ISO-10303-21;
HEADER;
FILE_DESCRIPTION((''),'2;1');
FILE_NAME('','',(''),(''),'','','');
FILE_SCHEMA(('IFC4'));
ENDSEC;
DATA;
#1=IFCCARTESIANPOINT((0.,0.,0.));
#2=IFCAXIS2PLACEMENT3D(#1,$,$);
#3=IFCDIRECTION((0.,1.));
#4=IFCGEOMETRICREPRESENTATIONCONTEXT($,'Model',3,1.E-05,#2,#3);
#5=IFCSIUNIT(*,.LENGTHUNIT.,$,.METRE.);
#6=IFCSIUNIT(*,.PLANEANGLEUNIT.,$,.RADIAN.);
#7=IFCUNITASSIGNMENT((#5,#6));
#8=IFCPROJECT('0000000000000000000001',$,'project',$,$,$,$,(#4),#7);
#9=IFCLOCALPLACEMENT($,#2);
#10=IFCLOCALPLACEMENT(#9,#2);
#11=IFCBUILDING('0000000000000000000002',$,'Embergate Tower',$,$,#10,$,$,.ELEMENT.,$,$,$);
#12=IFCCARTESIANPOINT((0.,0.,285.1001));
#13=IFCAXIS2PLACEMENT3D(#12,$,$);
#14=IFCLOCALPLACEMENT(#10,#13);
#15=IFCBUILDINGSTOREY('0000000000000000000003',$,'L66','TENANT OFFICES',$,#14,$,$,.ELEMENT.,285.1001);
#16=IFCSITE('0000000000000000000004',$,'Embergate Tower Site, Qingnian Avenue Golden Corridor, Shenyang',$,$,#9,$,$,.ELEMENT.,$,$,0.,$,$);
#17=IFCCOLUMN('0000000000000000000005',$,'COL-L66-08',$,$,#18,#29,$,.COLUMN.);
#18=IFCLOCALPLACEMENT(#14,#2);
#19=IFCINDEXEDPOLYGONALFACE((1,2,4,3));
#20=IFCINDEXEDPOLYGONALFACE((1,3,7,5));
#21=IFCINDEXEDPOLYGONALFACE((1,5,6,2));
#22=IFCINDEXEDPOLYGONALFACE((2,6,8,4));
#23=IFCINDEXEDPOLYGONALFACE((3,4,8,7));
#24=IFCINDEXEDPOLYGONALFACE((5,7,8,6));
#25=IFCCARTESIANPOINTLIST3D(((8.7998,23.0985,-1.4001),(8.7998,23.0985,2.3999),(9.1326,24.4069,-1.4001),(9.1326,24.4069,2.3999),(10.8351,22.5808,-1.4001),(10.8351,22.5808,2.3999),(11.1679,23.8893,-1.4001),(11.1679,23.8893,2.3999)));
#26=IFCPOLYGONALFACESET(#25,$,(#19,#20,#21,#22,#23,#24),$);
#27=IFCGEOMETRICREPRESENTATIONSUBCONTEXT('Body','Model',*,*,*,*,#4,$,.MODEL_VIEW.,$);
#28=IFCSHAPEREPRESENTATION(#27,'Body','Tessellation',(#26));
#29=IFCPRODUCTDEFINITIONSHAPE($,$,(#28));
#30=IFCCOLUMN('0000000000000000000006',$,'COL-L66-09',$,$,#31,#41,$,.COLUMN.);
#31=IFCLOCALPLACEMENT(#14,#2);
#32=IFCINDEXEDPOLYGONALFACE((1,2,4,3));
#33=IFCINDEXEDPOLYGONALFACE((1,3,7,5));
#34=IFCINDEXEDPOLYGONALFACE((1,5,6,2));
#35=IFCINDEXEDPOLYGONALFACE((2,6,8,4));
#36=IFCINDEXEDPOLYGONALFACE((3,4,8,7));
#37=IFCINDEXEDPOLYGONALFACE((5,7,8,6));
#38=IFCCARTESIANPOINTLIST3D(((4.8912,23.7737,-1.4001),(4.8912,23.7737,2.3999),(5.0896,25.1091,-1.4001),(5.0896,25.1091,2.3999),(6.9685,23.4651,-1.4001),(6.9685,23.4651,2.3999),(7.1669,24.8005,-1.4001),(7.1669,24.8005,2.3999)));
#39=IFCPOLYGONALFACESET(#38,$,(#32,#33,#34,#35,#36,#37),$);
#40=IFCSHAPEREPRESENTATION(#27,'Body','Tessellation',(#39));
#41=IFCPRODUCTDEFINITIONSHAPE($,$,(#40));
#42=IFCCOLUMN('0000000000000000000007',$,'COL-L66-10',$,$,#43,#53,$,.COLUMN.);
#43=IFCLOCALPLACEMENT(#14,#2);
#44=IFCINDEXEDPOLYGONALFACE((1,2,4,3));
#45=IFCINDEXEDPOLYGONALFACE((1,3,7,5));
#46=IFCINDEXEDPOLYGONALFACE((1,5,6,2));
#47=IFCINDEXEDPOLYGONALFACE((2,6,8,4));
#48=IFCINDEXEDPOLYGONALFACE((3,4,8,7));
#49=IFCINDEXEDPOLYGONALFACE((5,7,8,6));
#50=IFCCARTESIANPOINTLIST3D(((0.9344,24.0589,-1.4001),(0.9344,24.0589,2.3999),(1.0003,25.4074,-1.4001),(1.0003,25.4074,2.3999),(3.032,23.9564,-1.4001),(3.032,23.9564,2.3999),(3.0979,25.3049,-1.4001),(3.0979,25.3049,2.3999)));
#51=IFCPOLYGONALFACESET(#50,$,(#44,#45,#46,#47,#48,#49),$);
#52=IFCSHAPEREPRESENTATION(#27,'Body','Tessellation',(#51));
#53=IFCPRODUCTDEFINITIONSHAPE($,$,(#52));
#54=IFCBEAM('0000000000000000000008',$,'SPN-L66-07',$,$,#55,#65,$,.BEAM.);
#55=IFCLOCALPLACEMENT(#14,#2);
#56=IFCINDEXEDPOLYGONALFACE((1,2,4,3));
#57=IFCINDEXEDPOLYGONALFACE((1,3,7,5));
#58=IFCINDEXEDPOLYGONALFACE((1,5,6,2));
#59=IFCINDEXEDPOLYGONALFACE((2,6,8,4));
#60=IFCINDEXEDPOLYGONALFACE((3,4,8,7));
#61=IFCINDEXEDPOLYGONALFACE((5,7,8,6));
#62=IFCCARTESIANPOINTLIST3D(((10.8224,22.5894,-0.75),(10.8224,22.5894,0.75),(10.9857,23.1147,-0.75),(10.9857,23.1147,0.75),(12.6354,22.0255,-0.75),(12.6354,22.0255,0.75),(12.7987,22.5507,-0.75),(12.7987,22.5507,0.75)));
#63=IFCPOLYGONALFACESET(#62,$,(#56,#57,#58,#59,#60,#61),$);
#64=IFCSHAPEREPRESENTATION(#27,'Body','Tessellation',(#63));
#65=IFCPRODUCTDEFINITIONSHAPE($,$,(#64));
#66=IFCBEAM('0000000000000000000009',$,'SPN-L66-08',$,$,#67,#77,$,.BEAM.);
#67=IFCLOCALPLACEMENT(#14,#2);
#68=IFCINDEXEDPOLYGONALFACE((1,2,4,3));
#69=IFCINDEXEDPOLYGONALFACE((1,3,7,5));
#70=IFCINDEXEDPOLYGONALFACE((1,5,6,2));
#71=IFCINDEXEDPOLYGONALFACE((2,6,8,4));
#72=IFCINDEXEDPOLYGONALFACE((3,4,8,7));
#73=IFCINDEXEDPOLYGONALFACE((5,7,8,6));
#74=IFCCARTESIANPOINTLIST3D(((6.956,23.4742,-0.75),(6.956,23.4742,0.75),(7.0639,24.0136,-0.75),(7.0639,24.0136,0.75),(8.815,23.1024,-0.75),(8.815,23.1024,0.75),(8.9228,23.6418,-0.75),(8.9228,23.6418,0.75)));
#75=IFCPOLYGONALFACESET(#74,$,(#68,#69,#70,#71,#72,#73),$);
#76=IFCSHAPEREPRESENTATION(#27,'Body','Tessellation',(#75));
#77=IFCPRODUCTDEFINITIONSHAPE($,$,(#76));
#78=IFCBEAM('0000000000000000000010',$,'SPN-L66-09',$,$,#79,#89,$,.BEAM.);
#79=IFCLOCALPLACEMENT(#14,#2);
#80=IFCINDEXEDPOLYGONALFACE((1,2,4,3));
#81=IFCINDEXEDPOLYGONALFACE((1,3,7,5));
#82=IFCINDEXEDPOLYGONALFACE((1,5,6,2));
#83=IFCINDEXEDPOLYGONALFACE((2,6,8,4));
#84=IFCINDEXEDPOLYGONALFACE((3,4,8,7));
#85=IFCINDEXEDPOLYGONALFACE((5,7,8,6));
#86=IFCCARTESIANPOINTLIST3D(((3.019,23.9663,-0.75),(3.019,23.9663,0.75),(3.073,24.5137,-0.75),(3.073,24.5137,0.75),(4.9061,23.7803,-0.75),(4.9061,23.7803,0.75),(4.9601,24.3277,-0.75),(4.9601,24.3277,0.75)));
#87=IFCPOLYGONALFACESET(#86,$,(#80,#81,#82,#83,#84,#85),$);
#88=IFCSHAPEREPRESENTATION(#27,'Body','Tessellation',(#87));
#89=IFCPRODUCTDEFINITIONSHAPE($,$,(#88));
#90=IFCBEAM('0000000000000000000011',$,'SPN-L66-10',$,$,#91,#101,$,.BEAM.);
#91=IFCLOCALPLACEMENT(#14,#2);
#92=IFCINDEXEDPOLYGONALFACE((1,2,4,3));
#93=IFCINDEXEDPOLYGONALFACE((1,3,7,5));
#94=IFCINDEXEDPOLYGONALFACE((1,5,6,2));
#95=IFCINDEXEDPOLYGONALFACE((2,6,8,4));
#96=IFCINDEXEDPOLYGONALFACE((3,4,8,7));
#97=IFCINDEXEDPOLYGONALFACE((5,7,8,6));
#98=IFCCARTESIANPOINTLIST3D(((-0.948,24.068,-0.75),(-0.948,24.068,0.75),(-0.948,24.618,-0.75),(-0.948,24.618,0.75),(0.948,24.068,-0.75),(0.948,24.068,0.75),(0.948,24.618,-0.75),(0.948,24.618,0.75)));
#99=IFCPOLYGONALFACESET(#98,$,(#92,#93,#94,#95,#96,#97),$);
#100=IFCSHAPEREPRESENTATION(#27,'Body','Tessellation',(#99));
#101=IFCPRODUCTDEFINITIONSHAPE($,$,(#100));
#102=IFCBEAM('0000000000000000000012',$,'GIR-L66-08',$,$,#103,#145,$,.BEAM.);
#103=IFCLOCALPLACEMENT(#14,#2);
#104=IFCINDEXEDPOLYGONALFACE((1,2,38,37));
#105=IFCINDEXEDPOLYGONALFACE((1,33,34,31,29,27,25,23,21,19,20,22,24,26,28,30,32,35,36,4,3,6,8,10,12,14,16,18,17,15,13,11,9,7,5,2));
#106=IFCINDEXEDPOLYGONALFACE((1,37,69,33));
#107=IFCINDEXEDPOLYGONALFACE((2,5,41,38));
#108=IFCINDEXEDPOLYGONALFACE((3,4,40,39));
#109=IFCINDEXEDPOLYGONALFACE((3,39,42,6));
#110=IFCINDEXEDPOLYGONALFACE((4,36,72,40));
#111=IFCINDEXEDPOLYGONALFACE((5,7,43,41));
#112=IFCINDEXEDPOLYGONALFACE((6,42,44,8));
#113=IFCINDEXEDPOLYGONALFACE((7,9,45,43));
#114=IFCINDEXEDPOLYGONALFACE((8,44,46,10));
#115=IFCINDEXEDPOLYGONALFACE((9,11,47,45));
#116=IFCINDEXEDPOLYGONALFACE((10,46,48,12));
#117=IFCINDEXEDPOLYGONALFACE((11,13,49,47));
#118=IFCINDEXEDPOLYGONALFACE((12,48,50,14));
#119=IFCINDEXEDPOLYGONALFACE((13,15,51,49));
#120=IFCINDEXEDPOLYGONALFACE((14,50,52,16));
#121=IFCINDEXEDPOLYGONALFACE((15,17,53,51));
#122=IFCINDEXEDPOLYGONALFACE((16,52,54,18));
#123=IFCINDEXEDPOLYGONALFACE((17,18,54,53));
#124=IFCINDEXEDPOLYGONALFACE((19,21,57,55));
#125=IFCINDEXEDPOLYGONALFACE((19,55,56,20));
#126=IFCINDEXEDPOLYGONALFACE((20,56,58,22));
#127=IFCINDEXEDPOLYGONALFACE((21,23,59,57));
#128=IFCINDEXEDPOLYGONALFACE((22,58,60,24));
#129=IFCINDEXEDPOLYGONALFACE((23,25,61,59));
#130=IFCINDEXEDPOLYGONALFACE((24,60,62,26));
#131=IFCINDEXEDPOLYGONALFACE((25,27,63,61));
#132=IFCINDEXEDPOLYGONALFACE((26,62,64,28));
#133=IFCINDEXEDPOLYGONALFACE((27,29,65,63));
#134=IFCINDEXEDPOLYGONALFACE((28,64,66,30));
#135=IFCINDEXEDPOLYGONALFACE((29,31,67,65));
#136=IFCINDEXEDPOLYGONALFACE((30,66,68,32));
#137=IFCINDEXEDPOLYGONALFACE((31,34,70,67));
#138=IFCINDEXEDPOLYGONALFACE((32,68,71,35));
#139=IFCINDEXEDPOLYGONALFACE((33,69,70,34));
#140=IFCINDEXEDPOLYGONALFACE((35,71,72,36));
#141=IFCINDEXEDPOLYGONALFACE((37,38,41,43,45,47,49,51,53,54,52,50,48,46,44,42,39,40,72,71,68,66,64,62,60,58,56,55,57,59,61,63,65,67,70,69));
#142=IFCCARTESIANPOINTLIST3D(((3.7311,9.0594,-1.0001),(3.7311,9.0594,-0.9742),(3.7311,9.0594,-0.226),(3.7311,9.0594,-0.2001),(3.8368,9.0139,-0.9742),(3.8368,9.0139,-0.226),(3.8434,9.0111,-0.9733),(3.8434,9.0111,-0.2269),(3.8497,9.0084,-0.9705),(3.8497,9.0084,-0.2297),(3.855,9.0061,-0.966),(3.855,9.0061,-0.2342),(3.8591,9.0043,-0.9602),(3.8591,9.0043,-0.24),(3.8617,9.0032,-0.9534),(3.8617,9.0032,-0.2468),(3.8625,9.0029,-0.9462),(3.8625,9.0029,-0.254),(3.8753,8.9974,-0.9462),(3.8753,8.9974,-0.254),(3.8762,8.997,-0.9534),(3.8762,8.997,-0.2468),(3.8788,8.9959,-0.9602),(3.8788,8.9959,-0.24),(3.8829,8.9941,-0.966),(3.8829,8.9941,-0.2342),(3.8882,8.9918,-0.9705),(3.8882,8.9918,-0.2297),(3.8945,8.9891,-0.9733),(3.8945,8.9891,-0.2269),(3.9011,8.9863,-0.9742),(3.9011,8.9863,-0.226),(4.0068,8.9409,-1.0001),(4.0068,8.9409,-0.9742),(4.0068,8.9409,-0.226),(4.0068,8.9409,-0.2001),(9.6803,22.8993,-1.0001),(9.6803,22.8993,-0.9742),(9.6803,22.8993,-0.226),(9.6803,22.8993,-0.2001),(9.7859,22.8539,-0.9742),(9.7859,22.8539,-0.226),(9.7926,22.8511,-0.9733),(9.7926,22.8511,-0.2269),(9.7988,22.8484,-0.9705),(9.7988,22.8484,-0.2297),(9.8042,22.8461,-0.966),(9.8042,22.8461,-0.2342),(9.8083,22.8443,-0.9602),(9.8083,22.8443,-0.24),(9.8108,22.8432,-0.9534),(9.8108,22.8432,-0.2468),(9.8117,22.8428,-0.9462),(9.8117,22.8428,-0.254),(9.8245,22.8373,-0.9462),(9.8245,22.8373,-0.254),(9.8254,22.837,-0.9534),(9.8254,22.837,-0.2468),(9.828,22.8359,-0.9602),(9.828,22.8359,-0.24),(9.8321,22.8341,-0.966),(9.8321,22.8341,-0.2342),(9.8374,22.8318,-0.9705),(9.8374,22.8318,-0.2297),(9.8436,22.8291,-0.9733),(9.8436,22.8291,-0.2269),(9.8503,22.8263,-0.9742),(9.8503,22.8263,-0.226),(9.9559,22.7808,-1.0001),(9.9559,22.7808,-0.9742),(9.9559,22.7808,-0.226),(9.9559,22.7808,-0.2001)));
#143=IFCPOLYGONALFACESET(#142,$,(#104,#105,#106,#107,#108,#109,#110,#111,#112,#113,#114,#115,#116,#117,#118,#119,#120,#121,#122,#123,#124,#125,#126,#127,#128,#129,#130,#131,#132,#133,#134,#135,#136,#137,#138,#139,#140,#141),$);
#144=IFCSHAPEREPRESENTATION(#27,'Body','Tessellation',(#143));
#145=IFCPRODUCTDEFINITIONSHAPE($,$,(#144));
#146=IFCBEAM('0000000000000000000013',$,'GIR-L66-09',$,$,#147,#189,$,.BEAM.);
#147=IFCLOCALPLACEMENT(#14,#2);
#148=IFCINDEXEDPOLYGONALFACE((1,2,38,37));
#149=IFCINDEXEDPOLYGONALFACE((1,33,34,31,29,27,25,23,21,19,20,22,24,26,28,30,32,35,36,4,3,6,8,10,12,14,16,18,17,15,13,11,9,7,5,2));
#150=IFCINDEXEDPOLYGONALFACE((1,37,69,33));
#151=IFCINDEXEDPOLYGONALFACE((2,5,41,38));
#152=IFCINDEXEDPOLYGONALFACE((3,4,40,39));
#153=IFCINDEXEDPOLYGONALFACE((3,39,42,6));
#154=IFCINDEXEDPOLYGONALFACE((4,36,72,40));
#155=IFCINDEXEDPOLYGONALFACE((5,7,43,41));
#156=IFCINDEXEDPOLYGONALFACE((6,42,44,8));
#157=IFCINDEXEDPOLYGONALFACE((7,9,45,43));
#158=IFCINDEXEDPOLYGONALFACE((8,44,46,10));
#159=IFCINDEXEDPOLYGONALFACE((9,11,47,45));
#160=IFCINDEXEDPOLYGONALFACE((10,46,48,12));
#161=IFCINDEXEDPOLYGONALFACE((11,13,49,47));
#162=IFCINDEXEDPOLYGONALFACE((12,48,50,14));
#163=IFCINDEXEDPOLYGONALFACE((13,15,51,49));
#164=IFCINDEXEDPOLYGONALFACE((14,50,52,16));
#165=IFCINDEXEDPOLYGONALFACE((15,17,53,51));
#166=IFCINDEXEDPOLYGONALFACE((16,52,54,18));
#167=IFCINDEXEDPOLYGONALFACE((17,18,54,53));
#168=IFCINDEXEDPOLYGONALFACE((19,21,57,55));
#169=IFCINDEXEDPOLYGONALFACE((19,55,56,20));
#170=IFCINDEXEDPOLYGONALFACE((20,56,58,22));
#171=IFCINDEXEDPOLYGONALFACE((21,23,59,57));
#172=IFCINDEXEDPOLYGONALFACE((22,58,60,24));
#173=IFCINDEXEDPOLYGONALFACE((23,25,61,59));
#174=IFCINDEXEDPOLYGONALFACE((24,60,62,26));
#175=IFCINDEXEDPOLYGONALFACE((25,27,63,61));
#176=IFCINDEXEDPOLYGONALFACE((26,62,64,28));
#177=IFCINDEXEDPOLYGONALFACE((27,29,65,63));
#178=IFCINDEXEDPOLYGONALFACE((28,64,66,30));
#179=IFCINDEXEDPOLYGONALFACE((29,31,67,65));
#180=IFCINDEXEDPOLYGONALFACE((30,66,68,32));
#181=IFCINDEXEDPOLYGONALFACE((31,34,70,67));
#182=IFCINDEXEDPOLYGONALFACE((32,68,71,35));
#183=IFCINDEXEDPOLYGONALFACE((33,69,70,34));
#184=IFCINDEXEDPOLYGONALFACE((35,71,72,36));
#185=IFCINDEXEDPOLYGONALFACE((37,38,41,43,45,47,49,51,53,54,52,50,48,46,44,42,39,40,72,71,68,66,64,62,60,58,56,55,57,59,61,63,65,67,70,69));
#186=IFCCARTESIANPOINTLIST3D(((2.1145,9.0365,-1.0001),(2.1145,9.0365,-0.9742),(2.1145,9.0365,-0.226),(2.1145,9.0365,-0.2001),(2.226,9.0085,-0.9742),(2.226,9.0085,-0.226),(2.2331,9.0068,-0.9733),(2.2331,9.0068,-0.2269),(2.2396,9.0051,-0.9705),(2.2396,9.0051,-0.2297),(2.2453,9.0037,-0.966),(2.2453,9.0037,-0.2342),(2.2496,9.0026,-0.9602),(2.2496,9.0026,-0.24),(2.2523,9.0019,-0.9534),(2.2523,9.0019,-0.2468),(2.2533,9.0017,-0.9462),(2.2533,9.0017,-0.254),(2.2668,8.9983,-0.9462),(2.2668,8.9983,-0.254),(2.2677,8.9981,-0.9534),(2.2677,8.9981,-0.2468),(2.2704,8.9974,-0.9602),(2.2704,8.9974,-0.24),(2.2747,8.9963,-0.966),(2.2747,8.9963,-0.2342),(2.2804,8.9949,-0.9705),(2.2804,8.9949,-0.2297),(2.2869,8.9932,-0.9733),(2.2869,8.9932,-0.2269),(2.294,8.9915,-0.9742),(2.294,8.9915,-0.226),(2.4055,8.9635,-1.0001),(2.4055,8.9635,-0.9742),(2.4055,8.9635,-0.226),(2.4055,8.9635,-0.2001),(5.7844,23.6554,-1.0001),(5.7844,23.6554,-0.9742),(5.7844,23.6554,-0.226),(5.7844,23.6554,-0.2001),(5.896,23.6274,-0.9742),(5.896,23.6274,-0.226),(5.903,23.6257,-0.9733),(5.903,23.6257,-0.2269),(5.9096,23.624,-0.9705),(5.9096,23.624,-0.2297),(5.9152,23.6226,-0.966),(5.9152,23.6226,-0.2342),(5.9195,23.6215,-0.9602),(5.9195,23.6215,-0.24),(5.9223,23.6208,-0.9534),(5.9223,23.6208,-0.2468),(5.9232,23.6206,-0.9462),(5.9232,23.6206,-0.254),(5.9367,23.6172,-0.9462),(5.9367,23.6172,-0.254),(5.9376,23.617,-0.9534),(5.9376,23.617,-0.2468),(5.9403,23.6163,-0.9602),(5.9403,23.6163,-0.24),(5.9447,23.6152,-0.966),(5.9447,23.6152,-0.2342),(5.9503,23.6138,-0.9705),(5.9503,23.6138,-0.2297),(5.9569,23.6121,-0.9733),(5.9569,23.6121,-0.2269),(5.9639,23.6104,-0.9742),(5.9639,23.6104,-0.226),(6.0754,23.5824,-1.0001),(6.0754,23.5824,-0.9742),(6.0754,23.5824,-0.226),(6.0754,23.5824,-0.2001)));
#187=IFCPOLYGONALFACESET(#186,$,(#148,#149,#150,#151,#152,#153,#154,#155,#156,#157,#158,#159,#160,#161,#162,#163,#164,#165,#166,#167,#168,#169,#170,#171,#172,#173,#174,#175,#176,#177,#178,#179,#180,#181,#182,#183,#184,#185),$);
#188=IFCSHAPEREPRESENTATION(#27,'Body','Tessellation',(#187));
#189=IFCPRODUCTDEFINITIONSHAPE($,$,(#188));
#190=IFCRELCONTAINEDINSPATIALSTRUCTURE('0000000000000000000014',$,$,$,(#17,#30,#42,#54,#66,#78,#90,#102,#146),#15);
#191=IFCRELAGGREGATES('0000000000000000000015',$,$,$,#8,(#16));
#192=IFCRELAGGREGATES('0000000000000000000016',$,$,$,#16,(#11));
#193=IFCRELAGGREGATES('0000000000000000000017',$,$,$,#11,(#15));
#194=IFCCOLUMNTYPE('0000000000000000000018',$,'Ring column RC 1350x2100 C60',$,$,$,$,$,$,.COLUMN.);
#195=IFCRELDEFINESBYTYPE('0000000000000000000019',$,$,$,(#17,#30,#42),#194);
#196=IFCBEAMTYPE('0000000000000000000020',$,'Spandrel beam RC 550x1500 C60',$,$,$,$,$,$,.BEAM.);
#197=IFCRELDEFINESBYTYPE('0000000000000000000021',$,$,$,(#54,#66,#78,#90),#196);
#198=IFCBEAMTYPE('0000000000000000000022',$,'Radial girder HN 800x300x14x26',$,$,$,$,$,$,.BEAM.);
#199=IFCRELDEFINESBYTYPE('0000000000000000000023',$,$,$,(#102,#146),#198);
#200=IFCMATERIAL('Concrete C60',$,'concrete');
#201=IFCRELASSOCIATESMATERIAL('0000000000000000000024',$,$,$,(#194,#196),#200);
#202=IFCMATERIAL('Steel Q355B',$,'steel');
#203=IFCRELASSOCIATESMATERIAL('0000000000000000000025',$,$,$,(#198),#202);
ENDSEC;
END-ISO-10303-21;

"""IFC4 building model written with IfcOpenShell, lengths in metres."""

from ifc_helpers import new_model, si_unit, direction, frame, origin, origin_2d, place, context, subcontext, project, spatial, rectangle, i_section, extrude, source, transform, mapped, material, material_profile, profile_set, type_object, element, save


model = new_model("IFC4")

# Units and contexts
model_context = context("Model", 3, precision=1e-05, world=origin(), true_north=direction((0.0, 1.0)))
body_context = subcontext(model_context, "Body", "Model", "MODEL_VIEW")
ifc_project = project(units=[si_unit("LENGTHUNIT", "METRE"), si_unit("PLANEANGLEUNIT", "RADIAN")], contexts=[model_context])

# Site, building, storey
site_placement = place(None, origin())
site = spatial("IfcSite", under=ifc_project, at=site_placement, Name="Embergate Tower Site, Qingnian Avenue Golden Corridor, Shenyang", CompositionType="ELEMENT", RefElevation=0.0)
building_placement = place(site_placement, origin())
building = spatial("IfcBuilding", under=site, at=building_placement, Name="Embergate Tower", CompositionType="ELEMENT")
storey_placement = place(building_placement, frame((0.0, 0.0, 285.1001)))
storey = spatial("IfcBuildingStorey", under=building, at=storey_placement, Name="L66", Description="TENANT OFFICES", CompositionType="ELEMENT", Elevation=285.1001)

# Columns
ifc_material_1 = material(Name="Concrete C60", Category="concrete")
ifc_material_profile_1 = material_profile(ifc_material_1, rectangle(XDim=1.3501, YDim=2.1001, at=origin_2d()), Name="RC 1350x2100")
ifc_profile_set_1 = profile_set([ifc_material_profile_1], Name="Concrete C60")
column_type = type_object("IfcColumnType", Name="Ring column RC 1350x2100 C60", PredefinedType="COLUMN", material=ifc_profile_set_1)
shared_shape_1 = source(origin(), body_context, "Body", "SweptSolid", [
    extrude(rectangle(XDim=1.3501, YDim=2.1001, at=origin_2d()), origin(), (0.0, 0.0, 1.0), 3.8),
])
for number, where, z_axis, x_axis, name in (
    (1, (9.9839, 23.4939, -1.4001), (0.0, 0.0, 1.0), (0.246492, 0.969145, 0.0), "COL-L66-08"),
    (2, (6.0291, 24.2871, -1.4001), (0.0, 0.0, 1.0), (0.146929, 0.989147, 0.0), "COL-L66-09"),
    (3, (2.0161, 24.6819, -1.4001), (0.0, 0.0, 1.0), (0.048815, 0.998808, 0.0), "COL-L66-10"),
):
    element("IfcColumn", number, at=place(storey_placement, frame(where, z_axis=z_axis, x_axis=x_axis)), inside=storey, type_object=column_type, Name=name, PredefinedType="COLUMN", context=body_context, shape_type="MappedRepresentation", body=[
        mapped(shared_shape_1, transform((0.0, 0.0, 0.0))),
    ])

# Beams
ifc_material_profile_2 = material_profile(ifc_material_1, rectangle(XDim=0.55, YDim=1.5, at=origin_2d()), Name="RC 550x1500")
ifc_profile_set_2 = profile_set([ifc_material_profile_2], Name="Concrete C60")
beam_type_1 = type_object("IfcBeamType", Name="Spandrel beam RC 550x1500 C60", PredefinedType="BEAM", material=ifc_profile_set_2)
shared_shape_2 = source(origin(), body_context, "Body", "SweptSolid", [
    extrude(rectangle(XDim=0.55, YDim=1.5, at=origin_2d()), origin(), (0.0, 0.0, 1.0), 1.8987),
])
beam_1_placement = place(storey_placement, frame((12.717, 22.2881, 0.0), z_axis=(-0.954868, 0.29703, 0.0), x_axis=(-0.29703, -0.954868, 0.0)))
element("IfcBeam", 4, at=beam_1_placement, inside=storey, type_object=beam_type_1, Name="SPN-L66-07", PredefinedType="BEAM", context=body_context, shape_type="MappedRepresentation", body=[
    mapped(shared_shape_2, transform((0.0, 0.0, 0.0))),
])
shared_shape_3 = source(origin(), body_context, "Body", "SweptSolid", [
    extrude(rectangle(XDim=0.55, YDim=1.5, at=origin_2d()), origin(), (0.0, 0.0, 1.0), 1.8958),
])
beam_2_placement = place(storey_placement, frame((8.8689, 23.3721, 0.0), z_axis=(-0.980576, 0.196141, 0.0), x_axis=(-0.196141, -0.980576, 0.0)))
element("IfcBeam", 5, at=beam_2_placement, inside=storey, type_object=beam_type_1, Name="SPN-L66-08", PredefinedType="BEAM", context=body_context, shape_type="MappedRepresentation", body=[
    mapped(shared_shape_3, transform((0.0, 0.0, 0.0))),
])
shared_shape_4 = source(origin(), body_context, "Body", "SweptSolid", [
    extrude(rectangle(XDim=0.55, YDim=1.5, at=origin_2d()), origin(), (0.0, 0.0, 1.0), 1.8962),
])
beam_3_placement = place(storey_placement, frame((4.9331, 24.054, 0.0), z_axis=(-0.995176, 0.098101, 0.0), x_axis=(-0.098101, -0.995176, 0.0)))
element("IfcBeam", 6, at=beam_3_placement, inside=storey, type_object=beam_type_1, Name="SPN-L66-09", PredefinedType="BEAM", context=body_context, shape_type="MappedRepresentation", body=[
    mapped(shared_shape_4, transform((0.0, 0.0, 0.0))),
])
shared_shape_5 = source(origin(), body_context, "Body", "SweptSolid", [
    extrude(rectangle(XDim=0.55, YDim=1.5, at=origin_2d()), origin(), (0.0, 0.0, 1.0), 1.896),
])
beam_4_placement = place(storey_placement, frame((0.948, 24.343, 0.0), z_axis=(-1.0, 0.0, 0.0), x_axis=(0.0, -1.0, 0.0)))
element("IfcBeam", 7, at=beam_4_placement, inside=storey, type_object=beam_type_1, Name="SPN-L66-10", PredefinedType="BEAM", context=body_context, shape_type="MappedRepresentation", body=[
    mapped(shared_shape_5, transform((0.0, 0.0, 0.0))),
])
ifc_material_2 = material(Name="Steel Q355B", Category="steel")
ifc_material_profile_3 = material_profile(ifc_material_2, i_section(OverallWidth=0.3, OverallDepth=0.8, WebThickness=0.0139, FlangeThickness=0.0259, FilletRadius=0.0281, at=origin_2d()), Name="HN 800x300x14x26")
ifc_profile_set_3 = profile_set([ifc_material_profile_3], Name="Steel Q355 grade B")
beam_type_2 = type_object("IfcBeamType", Name="Radial girder HN 800x300x14x26", PredefinedType="BEAM", material=ifc_profile_set_3)
shared_shape_6 = source(origin(), body_context, "Body", "SweptSolid", [
    extrude(i_section(OverallWidth=0.3, OverallDepth=0.8, WebThickness=0.0139, FlangeThickness=0.0259, FilletRadius=0.0281, at=origin_2d()), origin(), (0.0, 0.0, 1.0), 15.0645),
])
beam_5_placement = place(storey_placement, frame((9.8181, 22.8401, -0.6001), z_axis=(-0.394915, -0.918718, 0.0), x_axis=(0.918718, -0.394915, 0.0)))
element("IfcBeam", 8, at=beam_5_placement, inside=storey, type_object=beam_type_2, Name="GIR-L66-08", PredefinedType="BEAM", context=body_context, shape_type="MappedRepresentation", body=[
    mapped(shared_shape_6, transform((0.0, 0.0, 0.0))),
])
shared_shape_7 = source(origin(), body_context, "Body", "SweptSolid", [
    extrude(i_section(OverallWidth=0.3, OverallDepth=0.8, WebThickness=0.0139, FlangeThickness=0.0259, FilletRadius=0.0281, at=origin_2d()), origin(), (0.0, 0.0, 1.0), 15.0725),
])
beam_6_placement = place(storey_placement, frame((5.9299, 23.6189, -0.6001), z_axis=(-0.243485, -0.969905, 0.0), x_axis=(0.969905, -0.243485, 0.0)))
element("IfcBeam", 9, at=beam_6_placement, inside=storey, type_object=beam_type_2, Name="GIR-L66-09", PredefinedType="BEAM", context=body_context, shape_type="MappedRepresentation", body=[
    mapped(shared_shape_7, transform((0.0, 0.0, 0.0))),
])

save(model, "model.ifc")
